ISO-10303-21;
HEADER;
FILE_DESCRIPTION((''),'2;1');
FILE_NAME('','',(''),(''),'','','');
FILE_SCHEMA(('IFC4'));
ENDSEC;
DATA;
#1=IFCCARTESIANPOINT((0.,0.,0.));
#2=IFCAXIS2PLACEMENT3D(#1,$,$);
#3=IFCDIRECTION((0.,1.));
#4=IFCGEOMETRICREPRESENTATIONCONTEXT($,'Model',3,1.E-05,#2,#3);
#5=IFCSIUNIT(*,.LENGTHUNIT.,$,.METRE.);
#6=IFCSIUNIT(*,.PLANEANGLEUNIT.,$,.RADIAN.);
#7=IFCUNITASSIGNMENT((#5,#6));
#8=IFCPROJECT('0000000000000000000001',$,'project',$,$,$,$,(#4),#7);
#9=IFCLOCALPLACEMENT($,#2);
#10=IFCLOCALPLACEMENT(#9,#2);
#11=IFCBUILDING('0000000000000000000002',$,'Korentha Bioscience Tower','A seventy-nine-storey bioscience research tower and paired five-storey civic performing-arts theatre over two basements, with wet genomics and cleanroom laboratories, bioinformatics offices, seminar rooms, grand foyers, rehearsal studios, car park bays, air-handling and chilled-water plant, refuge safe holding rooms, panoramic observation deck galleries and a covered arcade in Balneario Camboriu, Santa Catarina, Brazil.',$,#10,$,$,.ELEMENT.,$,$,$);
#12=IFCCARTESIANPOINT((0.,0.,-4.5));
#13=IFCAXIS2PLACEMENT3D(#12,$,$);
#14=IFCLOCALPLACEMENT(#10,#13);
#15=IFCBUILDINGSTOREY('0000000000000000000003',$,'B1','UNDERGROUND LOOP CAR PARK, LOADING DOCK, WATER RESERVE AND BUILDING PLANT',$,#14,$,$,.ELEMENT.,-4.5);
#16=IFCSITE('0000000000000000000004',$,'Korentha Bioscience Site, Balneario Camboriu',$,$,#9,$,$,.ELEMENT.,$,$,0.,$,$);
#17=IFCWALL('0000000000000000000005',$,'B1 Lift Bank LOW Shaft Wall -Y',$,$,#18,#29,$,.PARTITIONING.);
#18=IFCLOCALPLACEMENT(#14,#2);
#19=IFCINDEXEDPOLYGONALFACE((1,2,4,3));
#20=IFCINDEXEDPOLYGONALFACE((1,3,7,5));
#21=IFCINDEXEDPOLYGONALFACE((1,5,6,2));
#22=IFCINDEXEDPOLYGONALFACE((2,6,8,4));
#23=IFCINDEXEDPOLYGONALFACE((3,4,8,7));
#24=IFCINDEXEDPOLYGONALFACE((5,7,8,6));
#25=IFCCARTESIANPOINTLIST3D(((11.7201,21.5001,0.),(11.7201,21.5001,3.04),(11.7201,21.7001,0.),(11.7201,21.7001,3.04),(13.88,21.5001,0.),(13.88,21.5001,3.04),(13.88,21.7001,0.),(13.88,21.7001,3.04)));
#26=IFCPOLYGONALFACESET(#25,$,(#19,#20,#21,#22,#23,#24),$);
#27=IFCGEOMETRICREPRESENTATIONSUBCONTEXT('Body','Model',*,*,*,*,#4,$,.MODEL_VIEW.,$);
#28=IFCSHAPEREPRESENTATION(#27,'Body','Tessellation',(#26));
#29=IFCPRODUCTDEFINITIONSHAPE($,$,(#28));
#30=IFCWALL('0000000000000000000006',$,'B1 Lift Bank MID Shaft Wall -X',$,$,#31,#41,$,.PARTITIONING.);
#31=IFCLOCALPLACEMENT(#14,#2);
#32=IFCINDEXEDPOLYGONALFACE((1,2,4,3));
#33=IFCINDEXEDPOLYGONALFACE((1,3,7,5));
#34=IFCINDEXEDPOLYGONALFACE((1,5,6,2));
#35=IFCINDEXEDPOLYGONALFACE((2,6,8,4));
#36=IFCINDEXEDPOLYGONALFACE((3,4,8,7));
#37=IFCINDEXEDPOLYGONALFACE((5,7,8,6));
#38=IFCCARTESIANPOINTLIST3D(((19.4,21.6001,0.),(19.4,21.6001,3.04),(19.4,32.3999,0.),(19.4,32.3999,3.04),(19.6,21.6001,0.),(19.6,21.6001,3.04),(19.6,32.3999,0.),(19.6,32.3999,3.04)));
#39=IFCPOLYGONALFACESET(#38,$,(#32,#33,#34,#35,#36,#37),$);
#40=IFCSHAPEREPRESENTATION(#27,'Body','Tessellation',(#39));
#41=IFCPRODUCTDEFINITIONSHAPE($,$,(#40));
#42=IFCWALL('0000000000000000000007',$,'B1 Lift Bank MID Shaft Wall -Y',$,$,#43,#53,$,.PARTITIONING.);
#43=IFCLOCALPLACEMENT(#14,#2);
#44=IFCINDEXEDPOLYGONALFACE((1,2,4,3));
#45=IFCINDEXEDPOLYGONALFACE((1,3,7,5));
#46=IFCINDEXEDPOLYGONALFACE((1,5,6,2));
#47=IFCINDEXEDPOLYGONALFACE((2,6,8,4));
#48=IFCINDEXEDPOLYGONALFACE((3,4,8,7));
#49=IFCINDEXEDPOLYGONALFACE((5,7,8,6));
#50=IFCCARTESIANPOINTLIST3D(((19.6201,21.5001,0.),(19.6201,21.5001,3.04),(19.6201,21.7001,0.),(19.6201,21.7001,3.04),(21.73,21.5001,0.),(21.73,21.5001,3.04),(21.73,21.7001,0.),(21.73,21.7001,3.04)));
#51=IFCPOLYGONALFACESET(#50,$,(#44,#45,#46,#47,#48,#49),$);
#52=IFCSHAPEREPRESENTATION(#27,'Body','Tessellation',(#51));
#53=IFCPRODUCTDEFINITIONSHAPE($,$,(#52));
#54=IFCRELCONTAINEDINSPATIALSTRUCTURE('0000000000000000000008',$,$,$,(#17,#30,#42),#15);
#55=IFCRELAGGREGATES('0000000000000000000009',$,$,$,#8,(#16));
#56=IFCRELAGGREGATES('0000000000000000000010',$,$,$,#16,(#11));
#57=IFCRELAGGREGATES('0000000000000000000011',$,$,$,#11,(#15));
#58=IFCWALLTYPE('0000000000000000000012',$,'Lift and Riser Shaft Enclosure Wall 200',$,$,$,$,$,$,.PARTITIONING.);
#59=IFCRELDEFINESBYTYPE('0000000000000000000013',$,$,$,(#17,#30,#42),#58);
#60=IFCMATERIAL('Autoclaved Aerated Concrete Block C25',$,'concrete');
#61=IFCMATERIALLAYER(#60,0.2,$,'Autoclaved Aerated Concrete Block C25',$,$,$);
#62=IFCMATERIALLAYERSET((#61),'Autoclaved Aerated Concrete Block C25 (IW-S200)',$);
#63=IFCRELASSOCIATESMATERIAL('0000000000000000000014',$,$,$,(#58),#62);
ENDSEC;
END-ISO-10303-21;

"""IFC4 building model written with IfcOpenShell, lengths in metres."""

from ifc_helpers import new_model, si_unit, direction, frame, frame_2d, origin, place, context, subcontext, project, spatial, rectangle, extrude, material, layer, layer_set, type_object, element, save


model = new_model("IFC4")

# Units and contexts
model_context = context("Model", 3, precision=1e-05, world=origin(), true_north=direction((0.0, 1.0)))
body_context = subcontext(model_context, "Body", "Model", "MODEL_VIEW")
ifc_project = project(units=[si_unit("LENGTHUNIT", "METRE"), si_unit("PLANEANGLEUNIT", "RADIAN")], contexts=[model_context])

# Site, building, storey
site_placement = place(None, origin())
site = spatial("IfcSite", under=ifc_project, at=site_placement, Name="Korentha Bioscience Site, Balneario Camboriu", CompositionType="ELEMENT", RefElevation=0.0)
building_placement = place(site_placement, origin())
building = spatial("IfcBuilding", under=site, at=building_placement, Name="Korentha Bioscience Tower", Description="A seventy-nine-storey bioscience research tower and paired five-storey civic performing-arts theatre over two basements, with wet genomics and cleanroom laboratories, bioinformatics offices, seminar rooms, grand foyers, rehearsal studios, car park bays, air-handling and chilled-water plant, refuge safe holding rooms, panoramic observation deck galleries and a covered arcade in Balneario Camboriu, Santa Catarina, Brazil.", CompositionType="ELEMENT")
storey_placement = place(building_placement, frame((0.0, 0.0, -4.5)))
storey = spatial("IfcBuildingStorey", under=building, at=storey_placement, Name="B1", Description="UNDERGROUND LOOP CAR PARK, LOADING DOCK, WATER RESERVE AND BUILDING PLANT", CompositionType="ELEMENT", Elevation=-4.5)

# Shared definitions
ifc_material_1 = material(Name="Autoclaved Aerated Concrete Block C25", Category="concrete")
ifc_layer = layer(ifc_material_1, 0.2, Name="Autoclaved Aerated Concrete Block C25")
ifc_layer_set = layer_set([ifc_layer], Name="Autoclaved Aerated Concrete Block C25 (IW-S200)")
wall_type = type_object("IfcWallType", Name="Lift and Riser Shaft Enclosure Wall 200", PredefinedType="PARTITIONING", material=ifc_layer_set)

# Walls
wall_1_placement = place(storey_placement, frame((11.72, 21.6001, 0.0), z_axis=(0.0, 0.0, 1.0), x_axis=(1.0, 0.0, 0.0)))
element("IfcWall", 1, at=wall_1_placement, inside=storey, type_object=wall_type, Name="B1 Lift Bank LOW Shaft Wall -Y", PredefinedType="PARTITIONING", context=body_context, shape_type="SweptSolid", body=[
    extrude(rectangle(XDim=2.1599, YDim=0.2, at=frame_2d((1.0801, 0.0))), origin(), (0.0, 0.0, 1.0), 3.04),
])
wall_2_placement = place(storey_placement, frame((19.5, 21.6001, 0.0), z_axis=(0.0, 0.0, 1.0), x_axis=(0.0, 1.0, 0.0)))
element("IfcWall", 2, at=wall_2_placement, inside=storey, type_object=wall_type, Name="B1 Lift Bank MID Shaft Wall -X", PredefinedType="PARTITIONING", context=body_context, shape_type="SweptSolid", body=[
    extrude(rectangle(XDim=10.7998, YDim=0.2, at=frame_2d((5.3999, 0.0))), origin(), (0.0, 0.0, 1.0), 3.04),
])
wall_3_placement = place(storey_placement, frame((19.6201, 21.6001, 0.0), z_axis=(0.0, 0.0, 1.0), x_axis=(1.0, 0.0, 0.0)))
element("IfcWall", 3, at=wall_3_placement, inside=storey, type_object=wall_type, Name="B1 Lift Bank MID Shaft Wall -Y", PredefinedType="PARTITIONING", context=body_context, shape_type="SweptSolid", body=[
    extrude(rectangle(XDim=2.1099, YDim=0.2, at=frame_2d((1.0549, 0.0))), origin(), (0.0, 0.0, 1.0), 3.04),
])

save(model, "model.ifc")
